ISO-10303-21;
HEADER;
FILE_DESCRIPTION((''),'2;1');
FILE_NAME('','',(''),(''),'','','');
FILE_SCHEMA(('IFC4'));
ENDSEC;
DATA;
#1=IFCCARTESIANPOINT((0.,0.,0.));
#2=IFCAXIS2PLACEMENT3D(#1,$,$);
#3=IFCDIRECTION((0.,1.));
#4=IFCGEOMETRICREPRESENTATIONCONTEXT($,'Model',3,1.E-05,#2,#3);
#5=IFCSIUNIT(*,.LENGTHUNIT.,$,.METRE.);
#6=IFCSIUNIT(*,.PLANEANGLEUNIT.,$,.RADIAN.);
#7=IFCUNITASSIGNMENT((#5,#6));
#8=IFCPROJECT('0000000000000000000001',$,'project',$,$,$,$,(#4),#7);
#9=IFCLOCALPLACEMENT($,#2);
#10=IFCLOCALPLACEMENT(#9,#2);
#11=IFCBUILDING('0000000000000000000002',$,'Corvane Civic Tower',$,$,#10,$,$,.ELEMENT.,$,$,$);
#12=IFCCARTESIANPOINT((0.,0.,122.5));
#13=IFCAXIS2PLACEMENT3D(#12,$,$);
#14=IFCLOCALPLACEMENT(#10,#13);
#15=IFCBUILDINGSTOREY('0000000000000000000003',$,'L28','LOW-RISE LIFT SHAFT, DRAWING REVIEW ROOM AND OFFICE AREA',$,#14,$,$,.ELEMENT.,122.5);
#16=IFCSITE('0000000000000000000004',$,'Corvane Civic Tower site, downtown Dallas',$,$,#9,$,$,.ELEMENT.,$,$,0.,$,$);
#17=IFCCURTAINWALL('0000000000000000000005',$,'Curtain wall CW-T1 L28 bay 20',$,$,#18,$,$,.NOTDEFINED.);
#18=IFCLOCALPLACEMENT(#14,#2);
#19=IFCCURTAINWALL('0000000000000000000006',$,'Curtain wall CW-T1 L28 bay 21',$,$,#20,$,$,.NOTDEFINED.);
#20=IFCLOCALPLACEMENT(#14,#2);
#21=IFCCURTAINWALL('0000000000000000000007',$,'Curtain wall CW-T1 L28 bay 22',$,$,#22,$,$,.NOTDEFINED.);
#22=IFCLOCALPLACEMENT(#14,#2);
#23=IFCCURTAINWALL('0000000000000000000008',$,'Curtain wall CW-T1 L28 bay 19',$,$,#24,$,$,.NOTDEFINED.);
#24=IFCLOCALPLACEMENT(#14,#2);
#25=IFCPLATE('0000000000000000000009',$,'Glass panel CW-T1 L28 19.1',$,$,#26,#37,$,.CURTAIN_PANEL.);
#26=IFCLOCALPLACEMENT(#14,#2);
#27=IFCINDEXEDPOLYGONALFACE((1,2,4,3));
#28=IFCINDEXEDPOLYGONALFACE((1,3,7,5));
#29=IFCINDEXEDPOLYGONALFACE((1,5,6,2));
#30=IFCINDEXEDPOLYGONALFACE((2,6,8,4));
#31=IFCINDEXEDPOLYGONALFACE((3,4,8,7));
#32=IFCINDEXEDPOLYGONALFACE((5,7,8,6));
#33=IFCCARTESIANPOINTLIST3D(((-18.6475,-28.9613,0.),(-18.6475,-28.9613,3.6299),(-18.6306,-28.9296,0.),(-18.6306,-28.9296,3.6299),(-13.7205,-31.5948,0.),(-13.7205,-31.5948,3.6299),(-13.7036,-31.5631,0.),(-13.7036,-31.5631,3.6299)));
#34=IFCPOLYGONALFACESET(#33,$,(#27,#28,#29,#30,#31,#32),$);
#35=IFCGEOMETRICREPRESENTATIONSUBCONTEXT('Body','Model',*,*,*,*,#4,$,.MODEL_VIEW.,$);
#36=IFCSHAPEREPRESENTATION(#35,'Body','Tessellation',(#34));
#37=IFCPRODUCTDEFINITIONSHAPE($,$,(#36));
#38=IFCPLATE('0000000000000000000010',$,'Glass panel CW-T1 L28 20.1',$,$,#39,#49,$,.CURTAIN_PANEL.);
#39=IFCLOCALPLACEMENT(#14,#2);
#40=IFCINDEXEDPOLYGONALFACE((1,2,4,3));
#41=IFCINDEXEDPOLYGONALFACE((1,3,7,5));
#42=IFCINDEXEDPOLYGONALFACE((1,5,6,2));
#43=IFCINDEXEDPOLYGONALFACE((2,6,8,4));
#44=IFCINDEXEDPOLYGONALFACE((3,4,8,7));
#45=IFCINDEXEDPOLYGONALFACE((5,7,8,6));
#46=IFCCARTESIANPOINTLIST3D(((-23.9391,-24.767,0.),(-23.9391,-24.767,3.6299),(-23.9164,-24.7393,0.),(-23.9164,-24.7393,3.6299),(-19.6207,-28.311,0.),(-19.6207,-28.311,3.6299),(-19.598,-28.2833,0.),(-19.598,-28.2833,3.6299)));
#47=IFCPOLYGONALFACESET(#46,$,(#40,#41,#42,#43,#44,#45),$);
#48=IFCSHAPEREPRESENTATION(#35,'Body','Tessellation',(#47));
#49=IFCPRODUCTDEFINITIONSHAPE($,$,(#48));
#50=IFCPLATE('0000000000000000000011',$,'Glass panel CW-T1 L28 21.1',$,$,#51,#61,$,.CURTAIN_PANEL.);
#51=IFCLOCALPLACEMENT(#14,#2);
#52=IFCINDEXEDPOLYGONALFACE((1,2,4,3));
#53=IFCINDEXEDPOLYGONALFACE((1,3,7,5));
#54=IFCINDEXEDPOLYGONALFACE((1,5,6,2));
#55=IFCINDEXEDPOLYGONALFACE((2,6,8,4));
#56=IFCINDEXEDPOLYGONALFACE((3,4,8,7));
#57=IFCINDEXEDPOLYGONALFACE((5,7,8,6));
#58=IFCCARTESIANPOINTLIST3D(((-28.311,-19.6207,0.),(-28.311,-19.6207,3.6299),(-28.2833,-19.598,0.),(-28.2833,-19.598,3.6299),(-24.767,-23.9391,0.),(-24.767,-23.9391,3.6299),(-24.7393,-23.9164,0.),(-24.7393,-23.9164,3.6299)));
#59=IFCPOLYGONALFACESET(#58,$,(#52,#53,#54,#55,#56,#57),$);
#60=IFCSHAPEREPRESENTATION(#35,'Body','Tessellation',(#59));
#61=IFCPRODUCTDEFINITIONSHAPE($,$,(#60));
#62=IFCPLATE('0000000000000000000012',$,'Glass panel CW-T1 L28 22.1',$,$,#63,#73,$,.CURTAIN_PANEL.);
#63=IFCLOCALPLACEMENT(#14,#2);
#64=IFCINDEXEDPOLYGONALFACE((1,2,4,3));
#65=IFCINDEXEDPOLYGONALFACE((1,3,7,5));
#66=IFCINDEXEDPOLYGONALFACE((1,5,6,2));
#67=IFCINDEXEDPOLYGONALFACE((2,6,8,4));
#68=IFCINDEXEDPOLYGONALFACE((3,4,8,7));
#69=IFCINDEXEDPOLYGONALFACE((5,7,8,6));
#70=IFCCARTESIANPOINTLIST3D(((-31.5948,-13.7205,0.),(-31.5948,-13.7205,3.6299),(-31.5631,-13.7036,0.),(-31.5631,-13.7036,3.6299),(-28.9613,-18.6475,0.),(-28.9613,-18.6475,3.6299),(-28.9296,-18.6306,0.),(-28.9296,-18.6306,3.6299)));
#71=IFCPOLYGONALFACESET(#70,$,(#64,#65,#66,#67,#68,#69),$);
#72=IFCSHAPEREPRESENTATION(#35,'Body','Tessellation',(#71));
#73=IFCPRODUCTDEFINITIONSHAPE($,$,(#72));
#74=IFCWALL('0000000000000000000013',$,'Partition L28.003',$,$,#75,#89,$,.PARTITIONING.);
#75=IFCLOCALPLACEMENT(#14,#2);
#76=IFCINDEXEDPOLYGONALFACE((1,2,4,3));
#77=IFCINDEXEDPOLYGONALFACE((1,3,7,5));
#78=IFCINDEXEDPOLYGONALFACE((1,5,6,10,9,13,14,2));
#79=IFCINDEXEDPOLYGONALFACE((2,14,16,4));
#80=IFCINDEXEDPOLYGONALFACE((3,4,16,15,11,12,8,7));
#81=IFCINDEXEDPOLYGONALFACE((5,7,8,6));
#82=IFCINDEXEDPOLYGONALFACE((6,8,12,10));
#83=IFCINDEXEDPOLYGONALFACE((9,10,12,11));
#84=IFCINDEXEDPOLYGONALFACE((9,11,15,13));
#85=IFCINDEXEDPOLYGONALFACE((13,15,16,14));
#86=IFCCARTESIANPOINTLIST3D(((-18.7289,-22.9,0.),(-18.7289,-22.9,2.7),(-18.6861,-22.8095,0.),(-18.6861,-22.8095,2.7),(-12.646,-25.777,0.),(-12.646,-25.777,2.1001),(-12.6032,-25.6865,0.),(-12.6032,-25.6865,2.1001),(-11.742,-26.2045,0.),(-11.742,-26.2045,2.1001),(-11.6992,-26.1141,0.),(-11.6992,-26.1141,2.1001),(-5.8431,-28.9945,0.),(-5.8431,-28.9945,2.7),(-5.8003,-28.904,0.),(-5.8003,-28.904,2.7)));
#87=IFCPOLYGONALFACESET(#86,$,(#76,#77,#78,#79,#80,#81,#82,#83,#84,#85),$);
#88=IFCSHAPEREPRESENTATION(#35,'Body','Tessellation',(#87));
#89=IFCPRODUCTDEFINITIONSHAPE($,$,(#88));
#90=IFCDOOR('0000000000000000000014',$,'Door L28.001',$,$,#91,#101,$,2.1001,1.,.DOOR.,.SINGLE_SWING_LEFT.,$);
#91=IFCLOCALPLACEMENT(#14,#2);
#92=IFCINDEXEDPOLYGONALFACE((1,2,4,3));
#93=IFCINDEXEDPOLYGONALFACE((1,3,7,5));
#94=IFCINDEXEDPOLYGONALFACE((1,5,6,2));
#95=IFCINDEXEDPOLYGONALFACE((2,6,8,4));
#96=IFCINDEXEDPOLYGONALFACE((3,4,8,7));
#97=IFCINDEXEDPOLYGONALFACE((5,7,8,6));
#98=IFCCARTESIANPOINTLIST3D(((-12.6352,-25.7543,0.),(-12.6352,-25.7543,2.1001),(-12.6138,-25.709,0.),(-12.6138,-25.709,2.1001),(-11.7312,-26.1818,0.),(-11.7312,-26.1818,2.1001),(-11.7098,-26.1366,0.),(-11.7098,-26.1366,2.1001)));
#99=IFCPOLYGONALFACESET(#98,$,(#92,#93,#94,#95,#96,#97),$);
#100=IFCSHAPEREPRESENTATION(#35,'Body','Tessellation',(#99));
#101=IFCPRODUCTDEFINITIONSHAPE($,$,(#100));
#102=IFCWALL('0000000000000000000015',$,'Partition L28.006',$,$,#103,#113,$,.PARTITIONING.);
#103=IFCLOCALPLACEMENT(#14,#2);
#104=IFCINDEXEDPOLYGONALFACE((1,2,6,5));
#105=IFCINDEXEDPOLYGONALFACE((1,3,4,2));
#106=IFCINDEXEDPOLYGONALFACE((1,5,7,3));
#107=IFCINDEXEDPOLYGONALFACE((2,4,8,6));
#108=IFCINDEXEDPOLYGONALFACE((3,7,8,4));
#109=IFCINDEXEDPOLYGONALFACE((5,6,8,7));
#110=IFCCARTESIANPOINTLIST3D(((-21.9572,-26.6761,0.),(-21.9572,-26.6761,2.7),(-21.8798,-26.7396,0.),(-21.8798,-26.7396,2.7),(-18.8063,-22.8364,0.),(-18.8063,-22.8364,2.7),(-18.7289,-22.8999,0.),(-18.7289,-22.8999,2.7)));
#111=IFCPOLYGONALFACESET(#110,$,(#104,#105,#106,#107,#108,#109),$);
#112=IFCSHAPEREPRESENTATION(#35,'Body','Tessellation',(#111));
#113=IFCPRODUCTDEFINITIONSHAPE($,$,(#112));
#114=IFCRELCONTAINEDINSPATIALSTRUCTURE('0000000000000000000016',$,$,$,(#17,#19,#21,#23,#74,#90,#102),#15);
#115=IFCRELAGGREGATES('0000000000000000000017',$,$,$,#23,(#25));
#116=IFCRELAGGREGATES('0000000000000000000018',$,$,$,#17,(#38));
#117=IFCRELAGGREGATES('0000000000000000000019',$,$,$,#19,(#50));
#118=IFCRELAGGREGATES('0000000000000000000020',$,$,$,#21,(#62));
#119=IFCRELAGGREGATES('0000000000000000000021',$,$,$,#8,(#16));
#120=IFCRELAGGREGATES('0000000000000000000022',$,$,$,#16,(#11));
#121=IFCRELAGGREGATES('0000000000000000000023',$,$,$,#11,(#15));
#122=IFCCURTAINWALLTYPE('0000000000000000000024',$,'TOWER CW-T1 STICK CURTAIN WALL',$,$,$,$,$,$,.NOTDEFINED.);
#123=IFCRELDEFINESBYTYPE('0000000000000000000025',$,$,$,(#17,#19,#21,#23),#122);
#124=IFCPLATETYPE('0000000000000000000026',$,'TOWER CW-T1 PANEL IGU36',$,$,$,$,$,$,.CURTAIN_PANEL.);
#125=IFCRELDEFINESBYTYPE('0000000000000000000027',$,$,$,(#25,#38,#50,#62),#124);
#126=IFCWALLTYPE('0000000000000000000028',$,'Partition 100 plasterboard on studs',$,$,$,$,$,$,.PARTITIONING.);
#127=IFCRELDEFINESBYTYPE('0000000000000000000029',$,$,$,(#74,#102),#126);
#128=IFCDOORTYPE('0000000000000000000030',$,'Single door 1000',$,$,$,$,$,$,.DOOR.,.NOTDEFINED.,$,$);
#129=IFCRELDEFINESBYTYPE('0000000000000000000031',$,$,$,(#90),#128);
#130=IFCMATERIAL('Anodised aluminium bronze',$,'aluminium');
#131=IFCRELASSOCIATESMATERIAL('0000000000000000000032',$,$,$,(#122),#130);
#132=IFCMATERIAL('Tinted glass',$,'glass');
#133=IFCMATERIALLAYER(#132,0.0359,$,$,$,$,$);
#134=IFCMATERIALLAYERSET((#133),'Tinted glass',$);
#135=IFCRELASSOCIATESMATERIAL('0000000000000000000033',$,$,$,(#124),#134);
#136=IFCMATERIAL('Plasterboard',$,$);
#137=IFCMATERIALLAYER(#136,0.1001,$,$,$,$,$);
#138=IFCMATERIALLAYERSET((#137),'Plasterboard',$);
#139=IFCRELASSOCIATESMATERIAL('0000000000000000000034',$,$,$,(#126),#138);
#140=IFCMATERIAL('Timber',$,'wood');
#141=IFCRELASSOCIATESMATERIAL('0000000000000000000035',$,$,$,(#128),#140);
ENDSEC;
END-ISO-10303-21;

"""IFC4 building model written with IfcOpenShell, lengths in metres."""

from ifc_helpers import new_model, si_unit, direction, frame, frame_2d, origin, origin_2d, place, context, subcontext, project, spatial, rectangle, extrude, material, layer, layer_set, type_object, element, fill, aggregate, save


model = new_model("IFC4")

# Units and contexts
model_context = context("Model", 3, precision=1e-05, world=origin(), true_north=direction((0.0, 1.0)))
body_context = subcontext(model_context, "Body", "Model", "MODEL_VIEW")
ifc_project = project(units=[si_unit("LENGTHUNIT", "METRE"), si_unit("PLANEANGLEUNIT", "RADIAN")], contexts=[model_context])

# Site, building, storey
site_placement = place(None, origin())
site = spatial("IfcSite", under=ifc_project, at=site_placement, Name="Corvane Civic Tower site, downtown Dallas", CompositionType="ELEMENT", RefElevation=0.0)
building_placement = place(site_placement, origin())
building = spatial("IfcBuilding", under=site, at=building_placement, Name="Corvane Civic Tower", CompositionType="ELEMENT")
storey_placement = place(building_placement, frame((0.0, 0.0, 122.5)))
storey = spatial("IfcBuildingStorey", under=building, at=storey_placement, Name="L28", Description="LOW-RISE LIFT SHAFT, DRAWING REVIEW ROOM AND OFFICE AREA", CompositionType="ELEMENT", Elevation=122.5)

# Curtain walls
ifc_material_1 = material(Name="Anodised aluminium bronze", Category="aluminium")
curtain_wall_type = type_object("IfcCurtainWallType", Name="TOWER CW-T1 STICK CURTAIN WALL", PredefinedType="NOTDEFINED", material=ifc_material_1)
curtain_wall_1_placement = place(storey_placement, origin())
curtain_wall_1 = element("IfcCurtainWall", 1, at=curtain_wall_1_placement, inside=storey, type_object=curtain_wall_type, Name="Curtain wall CW-T1 L28 bay 20", PredefinedType="NOTDEFINED")
curtain_wall_2_placement = place(storey_placement, origin())
curtain_wall_2 = element("IfcCurtainWall", 2, at=curtain_wall_2_placement, inside=storey, type_object=curtain_wall_type, Name="Curtain wall CW-T1 L28 bay 21", PredefinedType="NOTDEFINED")
curtain_wall_3_placement = place(storey_placement, origin())
curtain_wall_3 = element("IfcCurtainWall", 3, at=curtain_wall_3_placement, inside=storey, type_object=curtain_wall_type, Name="Curtain wall CW-T1 L28 bay 22", PredefinedType="NOTDEFINED")

# Curtain wall, plate
curtain_wall_4_placement = place(storey_placement, origin())
curtain_wall_4 = element("IfcCurtainWall", 4, at=curtain_wall_4_placement, inside=storey, type_object=curtain_wall_type, Name="Curtain wall CW-T1 L28 bay 19", PredefinedType="NOTDEFINED")
ifc_material_2 = material(Name="Tinted glass", Category="glass")
ifc_layer_1 = layer(ifc_material_2, 0.0359)
ifc_layer_set_1 = layer_set([ifc_layer_1], Name="Tinted glass")
plate_type = type_object("IfcPlateType", Name="TOWER CW-T1 PANEL IGU36", PredefinedType="CURTAIN_PANEL", material=ifc_layer_set_1)
plate_1_placement = place(storey_placement, frame((-16.1755, -30.2622, 0.0), z_axis=(0.0, 0.0, 1.0), x_axis=(-0.881924, 0.471392, 0.0)))
plate_1 = element("IfcPlate", 5, at=plate_1_placement, type_object=plate_type, Name="Glass panel CW-T1 L28 19.1", PredefinedType="CURTAIN_PANEL", context=body_context, shape_type="SweptSolid", body=[
    extrude(rectangle(XDim=5.5867, YDim=0.0359, at=origin_2d()), origin(), (0.0, 0.0, 1.0), 3.6299),
])
aggregate(curtain_wall_4, [plate_1])

# Plates
plate_2_placement = place(storey_placement, frame((-21.7686, -26.5251, 0.0), z_axis=(0.0, 0.0, 1.0), x_axis=(-0.773013, 0.63439, 0.0)))
plate_2 = element("IfcPlate", 6, at=plate_2_placement, type_object=plate_type, Name="Glass panel CW-T1 L28 20.1", PredefinedType="CURTAIN_PANEL", context=body_context, shape_type="SweptSolid", body=[
    extrude(rectangle(XDim=5.5864, YDim=0.0359, at=origin_2d()), origin(), (0.0, 0.0, 1.0), 3.6299),
])
aggregate(curtain_wall_1, [plate_2])
plate_3_placement = place(storey_placement, frame((-26.5251, -21.7686, 0.0), z_axis=(0.0, 0.0, 1.0), x_axis=(-0.63439, 0.773013, 0.0)))
plate_3 = element("IfcPlate", 7, at=plate_3_placement, type_object=plate_type, Name="Glass panel CW-T1 L28 21.1", PredefinedType="CURTAIN_PANEL", context=body_context, shape_type="SweptSolid", body=[
    extrude(rectangle(XDim=5.5864, YDim=0.0359, at=origin_2d()), origin(), (0.0, 0.0, 1.0), 3.6299),
])
aggregate(curtain_wall_2, [plate_3])
plate_4_placement = place(storey_placement, frame((-30.2622, -16.1755, 0.0), z_axis=(0.0, 0.0, 1.0), x_axis=(-0.471392, 0.881924, 0.0)))
plate_4 = element("IfcPlate", 8, at=plate_4_placement, type_object=plate_type, Name="Glass panel CW-T1 L28 22.1", PredefinedType="CURTAIN_PANEL", context=body_context, shape_type="SweptSolid", body=[
    extrude(rectangle(XDim=5.5867, YDim=0.0359, at=origin_2d()), origin(), (0.0, 0.0, 1.0), 3.6299),
])
aggregate(curtain_wall_3, [plate_4])

# Wall, opening, door
ifc_material_3 = material(Name="Plasterboard")
ifc_layer_2 = layer(ifc_material_3, 0.1001)
ifc_layer_set_2 = layer_set([ifc_layer_2], Name="Plasterboard")
wall_type_1 = type_object("IfcWallType", Name="Partition 100 plasterboard on studs", PredefinedType="PARTITIONING", material=ifc_layer_set_2)
wall_1_placement = place(storey_placement, frame((-18.7075, -22.8547, 0.0), z_axis=(0.0, 0.0, 1.0), x_axis=(0.90399, -0.427554, 0.0)))
wall_1 = element("IfcWall", 9, at=wall_1_placement, inside=storey, type_object=wall_type_1, Name="Partition L28.003", PredefinedType="PARTITIONING", context=body_context, shape_type="SweptSolid", body=[
    extrude(rectangle(XDim=14.2544, YDim=0.1001, at=frame_2d((7.1272, 0.0))), origin(), (0.0, 0.0, 1.0), 2.7),
])
opening_1_placement = place(wall_1_placement, frame((6.729, 0.0, 0.0)))
opening_1 = element("IfcOpeningElement", 10, at=opening_1_placement, cuts=wall_1, PredefinedType="OPENING", context=body_context, shape_type="SweptSolid", body=[
    extrude(rectangle(XDim=1.0, YDim=2.1001, at=frame_2d((0.5, 1.05))), frame((0.0, 0.0601, 0.0), z_axis=(0.0, -1.0, 0.0), x_axis=(1.0, 0.0, 0.0)), (0.0, 0.0, 1.0), 0.1201),
])
ifc_material_4 = material(Name="Timber", Category="wood")
door_type_1 = type_object("IfcDoorType", Name="Single door 1000", OperationType="NOTDEFINED", PredefinedType="DOOR", material=ifc_material_4)
door_1_placement = place(opening_1_placement, frame((1.0, 0.0, 0.0), z_axis=(0.0, 0.0, 1.0), x_axis=(-1.0, 0.0, 0.0)))
door_1 = element("IfcDoor", 11, at=door_1_placement, inside=storey, type_object=door_type_1, Name="Door L28.001", OperationType="SINGLE_SWING_LEFT", OverallHeight=2.1001, OverallWidth=1.0, PredefinedType="DOOR", context=body_context, shape_type="SweptSolid", body=[
    extrude(rectangle(XDim=1.0, YDim=2.1001, at=frame_2d((0.5, 1.05))), frame((0.0, 0.0249, 0.0), z_axis=(0.0, -1.0, 0.0), x_axis=(1.0, 0.0, 0.0)), (0.0, 0.0, 1.0), 0.05),
])
fill(opening_1, door_1)

# Wall
wall_2_placement = place(storey_placement, frame((-21.9185, -26.7078, 0.0), z_axis=(0.0, 0.0, 1.0), x_axis=(0.634369, 0.77303, 0.0)))
element("IfcWall", 12, at=wall_2_placement, inside=storey, type_object=wall_type_1, Name="Partition L28.006", PredefinedType="PARTITIONING", context=body_context, shape_type="SweptSolid", body=[
    extrude(rectangle(XDim=4.967, YDim=0.1001, at=frame_2d((2.4834, 0.0))), origin(), (0.0, 0.0, 1.0), 2.7),
])

save(model, "model.ifc")
